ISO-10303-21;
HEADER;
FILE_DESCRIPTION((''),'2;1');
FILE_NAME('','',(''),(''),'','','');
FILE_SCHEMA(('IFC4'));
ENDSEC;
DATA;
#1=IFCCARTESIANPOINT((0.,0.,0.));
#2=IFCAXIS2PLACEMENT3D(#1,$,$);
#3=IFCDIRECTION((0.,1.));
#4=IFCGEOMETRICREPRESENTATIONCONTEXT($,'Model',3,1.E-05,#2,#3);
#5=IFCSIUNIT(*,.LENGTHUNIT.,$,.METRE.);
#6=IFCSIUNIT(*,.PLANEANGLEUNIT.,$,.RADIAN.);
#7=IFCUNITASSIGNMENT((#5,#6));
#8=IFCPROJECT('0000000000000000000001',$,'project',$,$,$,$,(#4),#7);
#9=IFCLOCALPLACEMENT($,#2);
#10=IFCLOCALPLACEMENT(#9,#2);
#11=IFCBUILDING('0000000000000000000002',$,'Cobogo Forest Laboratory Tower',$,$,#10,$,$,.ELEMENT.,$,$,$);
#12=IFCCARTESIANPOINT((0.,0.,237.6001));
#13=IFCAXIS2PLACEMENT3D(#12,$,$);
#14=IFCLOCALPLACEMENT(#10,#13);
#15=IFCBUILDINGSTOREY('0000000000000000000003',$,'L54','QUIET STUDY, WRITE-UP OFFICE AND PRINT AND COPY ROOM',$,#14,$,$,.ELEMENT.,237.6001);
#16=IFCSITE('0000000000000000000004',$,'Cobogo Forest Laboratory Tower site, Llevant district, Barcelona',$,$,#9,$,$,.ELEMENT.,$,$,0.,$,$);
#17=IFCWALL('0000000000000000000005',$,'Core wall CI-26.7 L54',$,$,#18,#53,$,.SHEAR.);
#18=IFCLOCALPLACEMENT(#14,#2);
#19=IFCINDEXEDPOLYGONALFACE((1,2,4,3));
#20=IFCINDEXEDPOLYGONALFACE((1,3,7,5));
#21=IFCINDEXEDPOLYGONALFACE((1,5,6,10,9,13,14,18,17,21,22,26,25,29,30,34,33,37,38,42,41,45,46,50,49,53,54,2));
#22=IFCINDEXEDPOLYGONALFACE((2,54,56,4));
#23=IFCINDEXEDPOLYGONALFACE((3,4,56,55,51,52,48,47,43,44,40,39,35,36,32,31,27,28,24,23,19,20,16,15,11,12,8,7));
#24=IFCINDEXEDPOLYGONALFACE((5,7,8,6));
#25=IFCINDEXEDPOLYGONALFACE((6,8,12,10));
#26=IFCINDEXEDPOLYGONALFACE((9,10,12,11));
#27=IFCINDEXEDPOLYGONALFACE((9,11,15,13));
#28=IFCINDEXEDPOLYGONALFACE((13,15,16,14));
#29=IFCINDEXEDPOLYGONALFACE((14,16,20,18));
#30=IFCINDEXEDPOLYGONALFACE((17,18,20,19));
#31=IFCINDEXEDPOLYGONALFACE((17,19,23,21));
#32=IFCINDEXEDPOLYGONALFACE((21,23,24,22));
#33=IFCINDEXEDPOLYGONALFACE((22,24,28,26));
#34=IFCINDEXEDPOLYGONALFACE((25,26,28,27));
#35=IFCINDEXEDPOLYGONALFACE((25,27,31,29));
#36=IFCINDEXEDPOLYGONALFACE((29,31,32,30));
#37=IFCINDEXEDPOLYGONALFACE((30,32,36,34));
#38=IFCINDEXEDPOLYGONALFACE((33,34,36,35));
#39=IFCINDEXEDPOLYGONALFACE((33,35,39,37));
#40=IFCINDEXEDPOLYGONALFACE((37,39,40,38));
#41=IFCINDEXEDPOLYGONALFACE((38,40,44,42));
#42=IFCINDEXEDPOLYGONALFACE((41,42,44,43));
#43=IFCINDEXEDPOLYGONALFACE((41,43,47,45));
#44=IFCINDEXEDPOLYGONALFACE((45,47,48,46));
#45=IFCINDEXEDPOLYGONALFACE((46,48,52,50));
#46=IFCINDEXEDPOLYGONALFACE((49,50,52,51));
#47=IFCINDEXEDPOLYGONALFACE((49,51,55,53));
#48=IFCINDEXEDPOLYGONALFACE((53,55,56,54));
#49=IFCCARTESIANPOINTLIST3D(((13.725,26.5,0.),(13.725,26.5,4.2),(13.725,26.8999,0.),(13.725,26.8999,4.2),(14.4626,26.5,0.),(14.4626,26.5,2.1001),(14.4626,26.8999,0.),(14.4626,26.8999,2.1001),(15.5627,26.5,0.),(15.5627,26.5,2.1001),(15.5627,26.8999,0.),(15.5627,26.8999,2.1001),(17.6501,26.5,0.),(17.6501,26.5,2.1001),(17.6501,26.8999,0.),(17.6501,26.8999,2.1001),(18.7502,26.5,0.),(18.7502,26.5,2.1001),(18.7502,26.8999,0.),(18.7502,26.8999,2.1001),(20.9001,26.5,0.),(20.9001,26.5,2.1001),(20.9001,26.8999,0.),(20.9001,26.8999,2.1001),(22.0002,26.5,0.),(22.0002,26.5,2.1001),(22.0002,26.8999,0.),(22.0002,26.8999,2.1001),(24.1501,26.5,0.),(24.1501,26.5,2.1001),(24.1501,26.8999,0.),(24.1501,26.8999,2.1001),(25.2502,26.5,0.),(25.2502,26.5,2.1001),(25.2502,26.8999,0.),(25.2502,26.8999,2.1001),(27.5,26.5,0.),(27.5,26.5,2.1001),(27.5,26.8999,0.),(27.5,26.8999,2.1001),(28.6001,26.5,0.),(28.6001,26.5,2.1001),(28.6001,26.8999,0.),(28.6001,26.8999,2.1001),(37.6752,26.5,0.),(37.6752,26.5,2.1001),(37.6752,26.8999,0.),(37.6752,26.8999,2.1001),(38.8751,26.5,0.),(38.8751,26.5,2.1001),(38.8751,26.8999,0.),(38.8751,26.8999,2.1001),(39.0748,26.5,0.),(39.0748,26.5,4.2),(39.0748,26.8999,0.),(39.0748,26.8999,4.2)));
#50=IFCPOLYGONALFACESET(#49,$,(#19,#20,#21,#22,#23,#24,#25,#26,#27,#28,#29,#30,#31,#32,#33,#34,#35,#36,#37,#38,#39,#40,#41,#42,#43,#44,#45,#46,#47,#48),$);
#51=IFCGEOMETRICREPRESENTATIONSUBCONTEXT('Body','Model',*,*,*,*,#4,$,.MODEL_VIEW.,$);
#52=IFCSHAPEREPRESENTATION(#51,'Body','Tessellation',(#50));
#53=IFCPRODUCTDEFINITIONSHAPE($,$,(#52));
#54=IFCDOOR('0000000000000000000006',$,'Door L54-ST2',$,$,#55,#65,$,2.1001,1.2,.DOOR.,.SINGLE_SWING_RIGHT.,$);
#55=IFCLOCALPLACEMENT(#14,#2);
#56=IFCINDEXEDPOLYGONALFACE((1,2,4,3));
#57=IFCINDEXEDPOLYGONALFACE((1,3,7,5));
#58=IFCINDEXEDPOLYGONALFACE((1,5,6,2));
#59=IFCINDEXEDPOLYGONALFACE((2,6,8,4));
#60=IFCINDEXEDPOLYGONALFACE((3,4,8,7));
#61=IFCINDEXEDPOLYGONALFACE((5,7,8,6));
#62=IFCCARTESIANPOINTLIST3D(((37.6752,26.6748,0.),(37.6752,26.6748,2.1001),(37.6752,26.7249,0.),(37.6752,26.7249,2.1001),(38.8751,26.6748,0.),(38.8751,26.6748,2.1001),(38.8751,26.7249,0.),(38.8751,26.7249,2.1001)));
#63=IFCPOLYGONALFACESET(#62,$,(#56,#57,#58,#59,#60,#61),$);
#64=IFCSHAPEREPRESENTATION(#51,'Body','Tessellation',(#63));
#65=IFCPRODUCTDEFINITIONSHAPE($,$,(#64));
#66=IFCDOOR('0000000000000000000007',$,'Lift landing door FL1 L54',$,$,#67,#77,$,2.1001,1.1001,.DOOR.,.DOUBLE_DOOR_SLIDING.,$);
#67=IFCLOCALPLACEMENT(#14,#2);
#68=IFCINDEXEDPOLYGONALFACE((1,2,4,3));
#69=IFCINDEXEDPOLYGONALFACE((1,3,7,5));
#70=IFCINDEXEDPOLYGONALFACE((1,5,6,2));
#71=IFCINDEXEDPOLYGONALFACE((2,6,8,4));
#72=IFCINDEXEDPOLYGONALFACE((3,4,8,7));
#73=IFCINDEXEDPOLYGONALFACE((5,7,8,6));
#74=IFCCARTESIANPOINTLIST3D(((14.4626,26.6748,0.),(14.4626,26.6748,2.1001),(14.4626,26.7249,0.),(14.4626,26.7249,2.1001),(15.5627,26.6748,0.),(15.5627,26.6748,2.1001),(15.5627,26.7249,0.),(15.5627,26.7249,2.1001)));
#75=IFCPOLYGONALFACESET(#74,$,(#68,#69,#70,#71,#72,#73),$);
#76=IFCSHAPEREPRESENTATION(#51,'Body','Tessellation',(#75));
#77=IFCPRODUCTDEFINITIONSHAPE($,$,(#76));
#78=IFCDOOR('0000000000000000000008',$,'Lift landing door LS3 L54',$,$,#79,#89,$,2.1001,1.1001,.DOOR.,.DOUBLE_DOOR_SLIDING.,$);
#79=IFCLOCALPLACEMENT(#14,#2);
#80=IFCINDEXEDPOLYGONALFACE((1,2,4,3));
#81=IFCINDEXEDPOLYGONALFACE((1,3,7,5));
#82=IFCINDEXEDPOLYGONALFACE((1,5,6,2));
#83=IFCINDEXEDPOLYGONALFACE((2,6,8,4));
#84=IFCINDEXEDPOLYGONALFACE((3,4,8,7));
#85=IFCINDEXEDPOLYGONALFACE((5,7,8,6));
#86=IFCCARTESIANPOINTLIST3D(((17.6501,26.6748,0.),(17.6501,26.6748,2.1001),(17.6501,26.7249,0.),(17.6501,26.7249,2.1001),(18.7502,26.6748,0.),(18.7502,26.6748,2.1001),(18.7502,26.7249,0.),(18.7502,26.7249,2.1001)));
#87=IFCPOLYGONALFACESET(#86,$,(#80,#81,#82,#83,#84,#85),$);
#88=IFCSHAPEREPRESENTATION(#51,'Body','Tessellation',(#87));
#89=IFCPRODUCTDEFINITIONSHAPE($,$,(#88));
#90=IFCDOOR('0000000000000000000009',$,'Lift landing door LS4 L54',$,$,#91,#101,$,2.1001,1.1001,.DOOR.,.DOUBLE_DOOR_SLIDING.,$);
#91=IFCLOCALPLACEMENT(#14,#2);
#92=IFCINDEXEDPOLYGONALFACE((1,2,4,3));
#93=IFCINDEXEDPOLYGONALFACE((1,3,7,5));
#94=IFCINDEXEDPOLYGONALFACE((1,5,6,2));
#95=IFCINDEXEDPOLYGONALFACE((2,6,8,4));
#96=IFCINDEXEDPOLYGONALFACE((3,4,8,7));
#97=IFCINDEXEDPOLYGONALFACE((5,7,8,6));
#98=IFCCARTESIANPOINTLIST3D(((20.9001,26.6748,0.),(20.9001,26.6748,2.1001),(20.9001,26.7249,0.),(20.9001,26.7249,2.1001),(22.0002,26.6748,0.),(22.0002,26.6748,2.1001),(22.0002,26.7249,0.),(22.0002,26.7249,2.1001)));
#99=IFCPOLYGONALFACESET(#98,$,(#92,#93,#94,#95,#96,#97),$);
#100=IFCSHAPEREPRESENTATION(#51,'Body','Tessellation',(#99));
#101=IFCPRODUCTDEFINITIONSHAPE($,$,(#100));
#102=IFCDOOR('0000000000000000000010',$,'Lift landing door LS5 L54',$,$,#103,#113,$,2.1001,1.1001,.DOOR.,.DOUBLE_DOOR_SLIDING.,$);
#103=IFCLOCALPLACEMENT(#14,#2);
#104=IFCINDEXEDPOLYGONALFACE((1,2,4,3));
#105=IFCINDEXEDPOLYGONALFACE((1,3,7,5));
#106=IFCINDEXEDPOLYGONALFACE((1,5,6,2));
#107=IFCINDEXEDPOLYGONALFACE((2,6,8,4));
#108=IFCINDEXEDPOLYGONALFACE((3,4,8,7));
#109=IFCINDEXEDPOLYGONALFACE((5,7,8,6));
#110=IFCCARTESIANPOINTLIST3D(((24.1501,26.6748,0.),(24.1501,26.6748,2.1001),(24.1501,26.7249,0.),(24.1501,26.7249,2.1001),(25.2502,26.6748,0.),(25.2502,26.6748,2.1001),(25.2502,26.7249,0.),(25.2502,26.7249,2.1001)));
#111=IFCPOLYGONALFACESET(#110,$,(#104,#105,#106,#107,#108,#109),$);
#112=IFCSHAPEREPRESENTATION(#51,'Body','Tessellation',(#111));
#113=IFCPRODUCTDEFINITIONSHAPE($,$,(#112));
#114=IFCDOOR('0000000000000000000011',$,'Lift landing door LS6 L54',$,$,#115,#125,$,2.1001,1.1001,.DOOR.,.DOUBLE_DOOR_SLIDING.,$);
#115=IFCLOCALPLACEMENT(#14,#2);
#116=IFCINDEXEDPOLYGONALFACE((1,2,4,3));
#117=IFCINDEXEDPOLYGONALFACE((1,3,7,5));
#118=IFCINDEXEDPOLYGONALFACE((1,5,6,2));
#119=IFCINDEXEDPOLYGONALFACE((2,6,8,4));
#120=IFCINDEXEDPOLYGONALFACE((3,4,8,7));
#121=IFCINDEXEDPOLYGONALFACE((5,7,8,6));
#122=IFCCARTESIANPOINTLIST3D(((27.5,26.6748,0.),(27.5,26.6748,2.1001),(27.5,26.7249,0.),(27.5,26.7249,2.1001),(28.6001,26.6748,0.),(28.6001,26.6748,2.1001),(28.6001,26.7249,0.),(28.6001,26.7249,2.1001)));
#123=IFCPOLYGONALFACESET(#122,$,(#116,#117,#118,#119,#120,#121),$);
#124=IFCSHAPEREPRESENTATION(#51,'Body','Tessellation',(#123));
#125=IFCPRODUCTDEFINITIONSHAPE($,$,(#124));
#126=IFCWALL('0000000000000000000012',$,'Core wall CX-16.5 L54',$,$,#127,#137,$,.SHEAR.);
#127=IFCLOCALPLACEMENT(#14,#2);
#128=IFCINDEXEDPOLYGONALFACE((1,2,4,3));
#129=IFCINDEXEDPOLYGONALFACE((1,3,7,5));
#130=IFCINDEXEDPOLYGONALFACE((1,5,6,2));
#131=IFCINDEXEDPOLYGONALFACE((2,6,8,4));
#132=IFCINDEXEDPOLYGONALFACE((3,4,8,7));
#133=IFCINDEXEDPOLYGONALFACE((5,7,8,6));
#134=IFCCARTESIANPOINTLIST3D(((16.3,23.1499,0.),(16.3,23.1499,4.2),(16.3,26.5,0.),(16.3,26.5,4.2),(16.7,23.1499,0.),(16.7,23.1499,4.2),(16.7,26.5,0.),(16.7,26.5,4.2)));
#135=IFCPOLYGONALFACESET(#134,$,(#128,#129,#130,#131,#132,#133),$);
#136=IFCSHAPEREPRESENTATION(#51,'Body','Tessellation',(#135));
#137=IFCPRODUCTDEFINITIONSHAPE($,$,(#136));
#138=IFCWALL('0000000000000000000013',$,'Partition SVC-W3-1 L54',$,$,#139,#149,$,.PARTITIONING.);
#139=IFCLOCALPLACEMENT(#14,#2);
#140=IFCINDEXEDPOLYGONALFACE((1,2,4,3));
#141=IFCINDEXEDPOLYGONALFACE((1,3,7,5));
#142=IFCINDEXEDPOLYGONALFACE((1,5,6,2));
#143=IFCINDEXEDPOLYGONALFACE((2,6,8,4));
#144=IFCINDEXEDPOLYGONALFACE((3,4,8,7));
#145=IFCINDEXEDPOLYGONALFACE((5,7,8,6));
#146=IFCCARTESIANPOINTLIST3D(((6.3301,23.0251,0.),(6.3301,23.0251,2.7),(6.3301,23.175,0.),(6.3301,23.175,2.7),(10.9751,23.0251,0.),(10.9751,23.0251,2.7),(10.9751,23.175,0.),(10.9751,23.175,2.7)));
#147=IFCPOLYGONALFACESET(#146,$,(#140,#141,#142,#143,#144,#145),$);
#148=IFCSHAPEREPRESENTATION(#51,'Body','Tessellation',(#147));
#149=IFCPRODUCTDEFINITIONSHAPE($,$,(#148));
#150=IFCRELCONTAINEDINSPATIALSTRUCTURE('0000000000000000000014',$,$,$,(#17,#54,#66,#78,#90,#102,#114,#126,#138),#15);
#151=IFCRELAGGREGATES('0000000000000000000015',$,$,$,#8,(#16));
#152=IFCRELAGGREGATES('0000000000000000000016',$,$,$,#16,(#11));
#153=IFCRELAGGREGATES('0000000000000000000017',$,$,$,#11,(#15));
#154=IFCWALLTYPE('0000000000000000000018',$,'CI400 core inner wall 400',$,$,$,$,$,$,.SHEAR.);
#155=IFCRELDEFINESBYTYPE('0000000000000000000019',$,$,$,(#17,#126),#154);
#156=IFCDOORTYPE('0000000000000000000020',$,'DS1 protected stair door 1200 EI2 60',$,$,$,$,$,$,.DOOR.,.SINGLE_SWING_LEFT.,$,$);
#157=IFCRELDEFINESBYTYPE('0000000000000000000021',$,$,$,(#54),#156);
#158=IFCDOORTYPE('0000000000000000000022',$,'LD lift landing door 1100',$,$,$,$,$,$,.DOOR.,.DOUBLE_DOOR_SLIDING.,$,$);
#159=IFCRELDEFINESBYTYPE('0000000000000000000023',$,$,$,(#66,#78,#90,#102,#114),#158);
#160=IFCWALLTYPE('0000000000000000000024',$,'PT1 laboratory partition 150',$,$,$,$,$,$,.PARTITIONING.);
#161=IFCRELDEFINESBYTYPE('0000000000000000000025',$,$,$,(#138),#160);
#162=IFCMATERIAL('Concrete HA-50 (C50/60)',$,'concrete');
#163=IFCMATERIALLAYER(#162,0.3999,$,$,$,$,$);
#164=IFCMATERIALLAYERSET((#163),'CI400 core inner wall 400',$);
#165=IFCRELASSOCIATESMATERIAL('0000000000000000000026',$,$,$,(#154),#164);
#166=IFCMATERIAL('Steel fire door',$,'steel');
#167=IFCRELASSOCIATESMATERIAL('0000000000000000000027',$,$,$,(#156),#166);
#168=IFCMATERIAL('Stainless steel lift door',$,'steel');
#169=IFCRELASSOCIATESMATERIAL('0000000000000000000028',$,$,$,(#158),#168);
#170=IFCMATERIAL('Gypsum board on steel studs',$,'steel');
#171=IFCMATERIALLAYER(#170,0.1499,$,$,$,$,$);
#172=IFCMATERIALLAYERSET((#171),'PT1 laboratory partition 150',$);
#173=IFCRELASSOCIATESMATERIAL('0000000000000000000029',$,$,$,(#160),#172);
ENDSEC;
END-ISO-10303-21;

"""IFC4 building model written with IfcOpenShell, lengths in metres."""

from ifc_helpers import new_model, si_unit, direction, frame, frame_2d, origin, place, context, subcontext, project, spatial, rectangle, extrude, material, layer, layer_set, type_object, element, fill, save


model = new_model("IFC4")

# Units and contexts
model_context = context("Model", 3, precision=1e-05, world=origin(), true_north=direction((0.0, 1.0)))
body_context = subcontext(model_context, "Body", "Model", "MODEL_VIEW")
ifc_project = project(units=[si_unit("LENGTHUNIT", "METRE"), si_unit("PLANEANGLEUNIT", "RADIAN")], contexts=[model_context])

# Site, building, storey
site_placement = place(None, origin())
site = spatial("IfcSite", under=ifc_project, at=site_placement, Name="Cobogo Forest Laboratory Tower site, Llevant district, Barcelona", CompositionType="ELEMENT", RefElevation=0.0)
building_placement = place(site_placement, origin())
building = spatial("IfcBuilding", under=site, at=building_placement, Name="Cobogo Forest Laboratory Tower", CompositionType="ELEMENT")
storey_placement = place(building_placement, frame((0.0, 0.0, 237.6001)))
storey = spatial("IfcBuildingStorey", under=building, at=storey_placement, Name="L54", Description="QUIET STUDY, WRITE-UP OFFICE AND PRINT AND COPY ROOM", CompositionType="ELEMENT", Elevation=237.6001)

# Shared definitions
ifc_material_1 = material(Name="Concrete HA-50 (C50/60)", Category="concrete")

# Shared definitions
ifc_layer_1 = layer(ifc_material_1, 0.3999)
ifc_layer_set_1 = layer_set([ifc_layer_1], Name="CI400 core inner wall 400")
wall_type_1 = type_object("IfcWallType", Name="CI400 core inner wall 400", PredefinedType="SHEAR", material=ifc_layer_set_1)

# Wall, openings, doors
wall_1_placement = place(storey_placement, frame((13.7251, 26.7, 0.0), z_axis=(0.0, 0.0, 1.0), x_axis=(1.0, 0.0, 0.0)))
wall_1 = element("IfcWall", 1, at=wall_1_placement, inside=storey, type_object=wall_type_1, Name="Core wall CI-26.7 L54", PredefinedType="SHEAR", context=body_context, shape_type="SweptSolid", body=[
    extrude(rectangle(XDim=25.3499, YDim=0.3999, at=frame_2d((12.6748, 0.0))), origin(), (0.0, 0.0, 1.0), 4.2),
])
opening_1_placement = place(wall_1_placement, frame((23.95, 0.0, 0.0)))
opening_1 = element("IfcOpeningElement", 2, at=opening_1_placement, cuts=wall_1, PredefinedType="OPENING", context=body_context, shape_type="SweptSolid", body=[
    extrude(rectangle(XDim=1.2, YDim=2.1001, at=frame_2d((0.6001, 1.05))), frame((0.0, 0.21, 0.0), z_axis=(0.0, -1.0, 0.0), x_axis=(1.0, 0.0, 0.0)), (0.0, 0.0, 1.0), 0.4199),
])
opening_2_placement = place(wall_1_placement, frame((0.7375, 0.0, 0.0)))
opening_2 = element("IfcOpeningElement", 3, at=opening_2_placement, cuts=wall_1, PredefinedType="OPENING", context=body_context, shape_type="SweptSolid", body=[
    extrude(rectangle(XDim=1.1001, YDim=2.1001, at=frame_2d((0.55, 1.05))), frame((0.0, 0.21, 0.0), z_axis=(0.0, -1.0, 0.0), x_axis=(1.0, 0.0, 0.0)), (0.0, 0.0, 1.0), 0.4199),
])
opening_3_placement = place(wall_1_placement, frame((3.925, 0.0, 0.0)))
opening_3 = element("IfcOpeningElement", 4, at=opening_3_placement, cuts=wall_1, PredefinedType="OPENING", context=body_context, shape_type="SweptSolid", body=[
    extrude(rectangle(XDim=1.1001, YDim=2.1001, at=frame_2d((0.55, 1.05))), frame((0.0, 0.21, 0.0), z_axis=(0.0, -1.0, 0.0), x_axis=(1.0, 0.0, 0.0)), (0.0, 0.0, 1.0), 0.4199),
])
opening_4_placement = place(wall_1_placement, frame((7.175, 0.0, 0.0)))
opening_4 = element("IfcOpeningElement", 5, at=opening_4_placement, cuts=wall_1, PredefinedType="OPENING", context=body_context, shape_type="SweptSolid", body=[
    extrude(rectangle(XDim=1.1001, YDim=2.1001, at=frame_2d((0.55, 1.05))), frame((0.0, 0.21, 0.0), z_axis=(0.0, -1.0, 0.0), x_axis=(1.0, 0.0, 0.0)), (0.0, 0.0, 1.0), 0.4199),
])
opening_5_placement = place(wall_1_placement, frame((10.425, 0.0, 0.0)))
opening_5 = element("IfcOpeningElement", 6, at=opening_5_placement, cuts=wall_1, PredefinedType="OPENING", context=body_context, shape_type="SweptSolid", body=[
    extrude(rectangle(XDim=1.1001, YDim=2.1001, at=frame_2d((0.55, 1.05))), frame((0.0, 0.21, 0.0), z_axis=(0.0, -1.0, 0.0), x_axis=(1.0, 0.0, 0.0)), (0.0, 0.0, 1.0), 0.4199),
])
opening_6_placement = place(wall_1_placement, frame((13.7749, 0.0, 0.0)))
opening_6 = element("IfcOpeningElement", 7, at=opening_6_placement, cuts=wall_1, PredefinedType="OPENING", context=body_context, shape_type="SweptSolid", body=[
    extrude(rectangle(XDim=1.1001, YDim=2.1001, at=frame_2d((0.55, 1.05))), frame((0.0, 0.21, 0.0), z_axis=(0.0, -1.0, 0.0), x_axis=(1.0, 0.0, 0.0)), (0.0, 0.0, 1.0), 0.4199),
])
ifc_material_2 = material(Name="Steel fire door", Category="steel")
door_type_1 = type_object("IfcDoorType", Name="DS1 protected stair door 1200 EI2 60", OperationType="SINGLE_SWING_LEFT", PredefinedType="DOOR", material=ifc_material_2)
door_1_placement = place(opening_1_placement, origin())
door_1 = element("IfcDoor", 8, at=door_1_placement, inside=storey, type_object=door_type_1, Name="Door L54-ST2", OperationType="SINGLE_SWING_RIGHT", OverallHeight=2.1001, OverallWidth=1.2, PredefinedType="DOOR", context=body_context, shape_type="SweptSolid", body=[
    extrude(rectangle(XDim=1.2, YDim=2.1001, at=frame_2d((0.6001, 1.05))), frame((0.0, 0.0249, 0.0), z_axis=(0.0, -1.0, 0.0), x_axis=(1.0, 0.0, 0.0)), (0.0, 0.0, 1.0), 0.05),
])
fill(opening_1, door_1)
ifc_material_3 = material(Name="Stainless steel lift door", Category="steel")
door_type_2 = type_object("IfcDoorType", Name="LD lift landing door 1100", OperationType="DOUBLE_DOOR_SLIDING", PredefinedType="DOOR", material=ifc_material_3)
door_2_placement = place(opening_2_placement, origin())
door_2 = element("IfcDoor", 9, at=door_2_placement, inside=storey, type_object=door_type_2, Name="Lift landing door FL1 L54", OperationType="DOUBLE_DOOR_SLIDING", OverallHeight=2.1001, OverallWidth=1.1001, PredefinedType="DOOR", context=body_context, shape_type="SweptSolid", body=[
    extrude(rectangle(XDim=1.1001, YDim=2.1001, at=frame_2d((0.55, 1.05))), frame((0.0, 0.0249, 0.0), z_axis=(0.0, -1.0, 0.0), x_axis=(1.0, 0.0, 0.0)), (0.0, 0.0, 1.0), 0.05),
])
fill(opening_2, door_2)
door_3_placement = place(opening_3_placement, origin())
door_3 = element("IfcDoor", 10, at=door_3_placement, inside=storey, type_object=door_type_2, Name="Lift landing door LS3 L54", OperationType="DOUBLE_DOOR_SLIDING", OverallHeight=2.1001, OverallWidth=1.1001, PredefinedType="DOOR", context=body_context, shape_type="SweptSolid", body=[
    extrude(rectangle(XDim=1.1001, YDim=2.1001, at=frame_2d((0.55, 1.05))), frame((0.0, 0.0249, 0.0), z_axis=(0.0, -1.0, 0.0), x_axis=(1.0, 0.0, 0.0)), (0.0, 0.0, 1.0), 0.05),
])
fill(opening_3, door_3)
door_4_placement = place(opening_4_placement, origin())
door_4 = element("IfcDoor", 11, at=door_4_placement, inside=storey, type_object=door_type_2, Name="Lift landing door LS4 L54", OperationType="DOUBLE_DOOR_SLIDING", OverallHeight=2.1001, OverallWidth=1.1001, PredefinedType="DOOR", context=body_context, shape_type="SweptSolid", body=[
    extrude(rectangle(XDim=1.1001, YDim=2.1001, at=frame_2d((0.55, 1.05))), frame((0.0, 0.0249, 0.0), z_axis=(0.0, -1.0, 0.0), x_axis=(1.0, 0.0, 0.0)), (0.0, 0.0, 1.0), 0.05),
])
fill(opening_4, door_4)
door_5_placement = place(opening_5_placement, origin())
door_5 = element("IfcDoor", 12, at=door_5_placement, inside=storey, type_object=door_type_2, Name="Lift landing door LS5 L54", OperationType="DOUBLE_DOOR_SLIDING", OverallHeight=2.1001, OverallWidth=1.1001, PredefinedType="DOOR", context=body_context, shape_type="SweptSolid", body=[
    extrude(rectangle(XDim=1.1001, YDim=2.1001, at=frame_2d((0.55, 1.05))), frame((0.0, 0.0249, 0.0), z_axis=(0.0, -1.0, 0.0), x_axis=(1.0, 0.0, 0.0)), (0.0, 0.0, 1.0), 0.05),
])
fill(opening_5, door_5)
door_6_placement = place(opening_6_placement, origin())
door_6 = element("IfcDoor", 13, at=door_6_placement, inside=storey, type_object=door_type_2, Name="Lift landing door LS6 L54", OperationType="DOUBLE_DOOR_SLIDING", OverallHeight=2.1001, OverallWidth=1.1001, PredefinedType="DOOR", context=body_context, shape_type="SweptSolid", body=[
    extrude(rectangle(XDim=1.1001, YDim=2.1001, at=frame_2d((0.55, 1.05))), frame((0.0, 0.0249, 0.0), z_axis=(0.0, -1.0, 0.0), x_axis=(1.0, 0.0, 0.0)), (0.0, 0.0, 1.0), 0.05),
])
fill(opening_6, door_6)

# Walls
wall_2_placement = place(storey_placement, frame((16.5, 23.1499, 0.0), z_axis=(0.0, 0.0, 1.0), x_axis=(0.0, 1.0, 0.0)))
element("IfcWall", 14, at=wall_2_placement, inside=storey, type_object=wall_type_1, Name="Core wall CX-16.5 L54", PredefinedType="SHEAR", context=body_context, shape_type="SweptSolid", body=[
    extrude(rectangle(XDim=3.3501, YDim=0.3999, at=frame_2d((1.675, 0.0))), origin(), (0.0, 0.0, 1.0), 4.2),
])
ifc_material_4 = material(Name="Gypsum board on steel studs", Category="steel")
ifc_layer_2 = layer(ifc_material_4, 0.1499)
ifc_layer_set_2 = layer_set([ifc_layer_2], Name="PT1 laboratory partition 150")
wall_type_2 = type_object("IfcWallType", Name="PT1 laboratory partition 150", PredefinedType="PARTITIONING", material=ifc_layer_set_2)
wall_3_placement = place(storey_placement, frame((6.3301, 23.1001, 0.0), z_axis=(0.0, 0.0, 1.0), x_axis=(1.0, 0.0, 0.0)))
element("IfcWall", 15, at=wall_3_placement, inside=storey, type_object=wall_type_2, Name="Partition SVC-W3-1 L54", PredefinedType="PARTITIONING", context=body_context, shape_type="SweptSolid", body=[
    extrude(rectangle(XDim=4.645, YDim=0.1499, at=frame_2d((2.3225, 0.0))), origin(), (0.0, 0.0, 1.0), 2.7),
])

save(model, "model.ifc")
